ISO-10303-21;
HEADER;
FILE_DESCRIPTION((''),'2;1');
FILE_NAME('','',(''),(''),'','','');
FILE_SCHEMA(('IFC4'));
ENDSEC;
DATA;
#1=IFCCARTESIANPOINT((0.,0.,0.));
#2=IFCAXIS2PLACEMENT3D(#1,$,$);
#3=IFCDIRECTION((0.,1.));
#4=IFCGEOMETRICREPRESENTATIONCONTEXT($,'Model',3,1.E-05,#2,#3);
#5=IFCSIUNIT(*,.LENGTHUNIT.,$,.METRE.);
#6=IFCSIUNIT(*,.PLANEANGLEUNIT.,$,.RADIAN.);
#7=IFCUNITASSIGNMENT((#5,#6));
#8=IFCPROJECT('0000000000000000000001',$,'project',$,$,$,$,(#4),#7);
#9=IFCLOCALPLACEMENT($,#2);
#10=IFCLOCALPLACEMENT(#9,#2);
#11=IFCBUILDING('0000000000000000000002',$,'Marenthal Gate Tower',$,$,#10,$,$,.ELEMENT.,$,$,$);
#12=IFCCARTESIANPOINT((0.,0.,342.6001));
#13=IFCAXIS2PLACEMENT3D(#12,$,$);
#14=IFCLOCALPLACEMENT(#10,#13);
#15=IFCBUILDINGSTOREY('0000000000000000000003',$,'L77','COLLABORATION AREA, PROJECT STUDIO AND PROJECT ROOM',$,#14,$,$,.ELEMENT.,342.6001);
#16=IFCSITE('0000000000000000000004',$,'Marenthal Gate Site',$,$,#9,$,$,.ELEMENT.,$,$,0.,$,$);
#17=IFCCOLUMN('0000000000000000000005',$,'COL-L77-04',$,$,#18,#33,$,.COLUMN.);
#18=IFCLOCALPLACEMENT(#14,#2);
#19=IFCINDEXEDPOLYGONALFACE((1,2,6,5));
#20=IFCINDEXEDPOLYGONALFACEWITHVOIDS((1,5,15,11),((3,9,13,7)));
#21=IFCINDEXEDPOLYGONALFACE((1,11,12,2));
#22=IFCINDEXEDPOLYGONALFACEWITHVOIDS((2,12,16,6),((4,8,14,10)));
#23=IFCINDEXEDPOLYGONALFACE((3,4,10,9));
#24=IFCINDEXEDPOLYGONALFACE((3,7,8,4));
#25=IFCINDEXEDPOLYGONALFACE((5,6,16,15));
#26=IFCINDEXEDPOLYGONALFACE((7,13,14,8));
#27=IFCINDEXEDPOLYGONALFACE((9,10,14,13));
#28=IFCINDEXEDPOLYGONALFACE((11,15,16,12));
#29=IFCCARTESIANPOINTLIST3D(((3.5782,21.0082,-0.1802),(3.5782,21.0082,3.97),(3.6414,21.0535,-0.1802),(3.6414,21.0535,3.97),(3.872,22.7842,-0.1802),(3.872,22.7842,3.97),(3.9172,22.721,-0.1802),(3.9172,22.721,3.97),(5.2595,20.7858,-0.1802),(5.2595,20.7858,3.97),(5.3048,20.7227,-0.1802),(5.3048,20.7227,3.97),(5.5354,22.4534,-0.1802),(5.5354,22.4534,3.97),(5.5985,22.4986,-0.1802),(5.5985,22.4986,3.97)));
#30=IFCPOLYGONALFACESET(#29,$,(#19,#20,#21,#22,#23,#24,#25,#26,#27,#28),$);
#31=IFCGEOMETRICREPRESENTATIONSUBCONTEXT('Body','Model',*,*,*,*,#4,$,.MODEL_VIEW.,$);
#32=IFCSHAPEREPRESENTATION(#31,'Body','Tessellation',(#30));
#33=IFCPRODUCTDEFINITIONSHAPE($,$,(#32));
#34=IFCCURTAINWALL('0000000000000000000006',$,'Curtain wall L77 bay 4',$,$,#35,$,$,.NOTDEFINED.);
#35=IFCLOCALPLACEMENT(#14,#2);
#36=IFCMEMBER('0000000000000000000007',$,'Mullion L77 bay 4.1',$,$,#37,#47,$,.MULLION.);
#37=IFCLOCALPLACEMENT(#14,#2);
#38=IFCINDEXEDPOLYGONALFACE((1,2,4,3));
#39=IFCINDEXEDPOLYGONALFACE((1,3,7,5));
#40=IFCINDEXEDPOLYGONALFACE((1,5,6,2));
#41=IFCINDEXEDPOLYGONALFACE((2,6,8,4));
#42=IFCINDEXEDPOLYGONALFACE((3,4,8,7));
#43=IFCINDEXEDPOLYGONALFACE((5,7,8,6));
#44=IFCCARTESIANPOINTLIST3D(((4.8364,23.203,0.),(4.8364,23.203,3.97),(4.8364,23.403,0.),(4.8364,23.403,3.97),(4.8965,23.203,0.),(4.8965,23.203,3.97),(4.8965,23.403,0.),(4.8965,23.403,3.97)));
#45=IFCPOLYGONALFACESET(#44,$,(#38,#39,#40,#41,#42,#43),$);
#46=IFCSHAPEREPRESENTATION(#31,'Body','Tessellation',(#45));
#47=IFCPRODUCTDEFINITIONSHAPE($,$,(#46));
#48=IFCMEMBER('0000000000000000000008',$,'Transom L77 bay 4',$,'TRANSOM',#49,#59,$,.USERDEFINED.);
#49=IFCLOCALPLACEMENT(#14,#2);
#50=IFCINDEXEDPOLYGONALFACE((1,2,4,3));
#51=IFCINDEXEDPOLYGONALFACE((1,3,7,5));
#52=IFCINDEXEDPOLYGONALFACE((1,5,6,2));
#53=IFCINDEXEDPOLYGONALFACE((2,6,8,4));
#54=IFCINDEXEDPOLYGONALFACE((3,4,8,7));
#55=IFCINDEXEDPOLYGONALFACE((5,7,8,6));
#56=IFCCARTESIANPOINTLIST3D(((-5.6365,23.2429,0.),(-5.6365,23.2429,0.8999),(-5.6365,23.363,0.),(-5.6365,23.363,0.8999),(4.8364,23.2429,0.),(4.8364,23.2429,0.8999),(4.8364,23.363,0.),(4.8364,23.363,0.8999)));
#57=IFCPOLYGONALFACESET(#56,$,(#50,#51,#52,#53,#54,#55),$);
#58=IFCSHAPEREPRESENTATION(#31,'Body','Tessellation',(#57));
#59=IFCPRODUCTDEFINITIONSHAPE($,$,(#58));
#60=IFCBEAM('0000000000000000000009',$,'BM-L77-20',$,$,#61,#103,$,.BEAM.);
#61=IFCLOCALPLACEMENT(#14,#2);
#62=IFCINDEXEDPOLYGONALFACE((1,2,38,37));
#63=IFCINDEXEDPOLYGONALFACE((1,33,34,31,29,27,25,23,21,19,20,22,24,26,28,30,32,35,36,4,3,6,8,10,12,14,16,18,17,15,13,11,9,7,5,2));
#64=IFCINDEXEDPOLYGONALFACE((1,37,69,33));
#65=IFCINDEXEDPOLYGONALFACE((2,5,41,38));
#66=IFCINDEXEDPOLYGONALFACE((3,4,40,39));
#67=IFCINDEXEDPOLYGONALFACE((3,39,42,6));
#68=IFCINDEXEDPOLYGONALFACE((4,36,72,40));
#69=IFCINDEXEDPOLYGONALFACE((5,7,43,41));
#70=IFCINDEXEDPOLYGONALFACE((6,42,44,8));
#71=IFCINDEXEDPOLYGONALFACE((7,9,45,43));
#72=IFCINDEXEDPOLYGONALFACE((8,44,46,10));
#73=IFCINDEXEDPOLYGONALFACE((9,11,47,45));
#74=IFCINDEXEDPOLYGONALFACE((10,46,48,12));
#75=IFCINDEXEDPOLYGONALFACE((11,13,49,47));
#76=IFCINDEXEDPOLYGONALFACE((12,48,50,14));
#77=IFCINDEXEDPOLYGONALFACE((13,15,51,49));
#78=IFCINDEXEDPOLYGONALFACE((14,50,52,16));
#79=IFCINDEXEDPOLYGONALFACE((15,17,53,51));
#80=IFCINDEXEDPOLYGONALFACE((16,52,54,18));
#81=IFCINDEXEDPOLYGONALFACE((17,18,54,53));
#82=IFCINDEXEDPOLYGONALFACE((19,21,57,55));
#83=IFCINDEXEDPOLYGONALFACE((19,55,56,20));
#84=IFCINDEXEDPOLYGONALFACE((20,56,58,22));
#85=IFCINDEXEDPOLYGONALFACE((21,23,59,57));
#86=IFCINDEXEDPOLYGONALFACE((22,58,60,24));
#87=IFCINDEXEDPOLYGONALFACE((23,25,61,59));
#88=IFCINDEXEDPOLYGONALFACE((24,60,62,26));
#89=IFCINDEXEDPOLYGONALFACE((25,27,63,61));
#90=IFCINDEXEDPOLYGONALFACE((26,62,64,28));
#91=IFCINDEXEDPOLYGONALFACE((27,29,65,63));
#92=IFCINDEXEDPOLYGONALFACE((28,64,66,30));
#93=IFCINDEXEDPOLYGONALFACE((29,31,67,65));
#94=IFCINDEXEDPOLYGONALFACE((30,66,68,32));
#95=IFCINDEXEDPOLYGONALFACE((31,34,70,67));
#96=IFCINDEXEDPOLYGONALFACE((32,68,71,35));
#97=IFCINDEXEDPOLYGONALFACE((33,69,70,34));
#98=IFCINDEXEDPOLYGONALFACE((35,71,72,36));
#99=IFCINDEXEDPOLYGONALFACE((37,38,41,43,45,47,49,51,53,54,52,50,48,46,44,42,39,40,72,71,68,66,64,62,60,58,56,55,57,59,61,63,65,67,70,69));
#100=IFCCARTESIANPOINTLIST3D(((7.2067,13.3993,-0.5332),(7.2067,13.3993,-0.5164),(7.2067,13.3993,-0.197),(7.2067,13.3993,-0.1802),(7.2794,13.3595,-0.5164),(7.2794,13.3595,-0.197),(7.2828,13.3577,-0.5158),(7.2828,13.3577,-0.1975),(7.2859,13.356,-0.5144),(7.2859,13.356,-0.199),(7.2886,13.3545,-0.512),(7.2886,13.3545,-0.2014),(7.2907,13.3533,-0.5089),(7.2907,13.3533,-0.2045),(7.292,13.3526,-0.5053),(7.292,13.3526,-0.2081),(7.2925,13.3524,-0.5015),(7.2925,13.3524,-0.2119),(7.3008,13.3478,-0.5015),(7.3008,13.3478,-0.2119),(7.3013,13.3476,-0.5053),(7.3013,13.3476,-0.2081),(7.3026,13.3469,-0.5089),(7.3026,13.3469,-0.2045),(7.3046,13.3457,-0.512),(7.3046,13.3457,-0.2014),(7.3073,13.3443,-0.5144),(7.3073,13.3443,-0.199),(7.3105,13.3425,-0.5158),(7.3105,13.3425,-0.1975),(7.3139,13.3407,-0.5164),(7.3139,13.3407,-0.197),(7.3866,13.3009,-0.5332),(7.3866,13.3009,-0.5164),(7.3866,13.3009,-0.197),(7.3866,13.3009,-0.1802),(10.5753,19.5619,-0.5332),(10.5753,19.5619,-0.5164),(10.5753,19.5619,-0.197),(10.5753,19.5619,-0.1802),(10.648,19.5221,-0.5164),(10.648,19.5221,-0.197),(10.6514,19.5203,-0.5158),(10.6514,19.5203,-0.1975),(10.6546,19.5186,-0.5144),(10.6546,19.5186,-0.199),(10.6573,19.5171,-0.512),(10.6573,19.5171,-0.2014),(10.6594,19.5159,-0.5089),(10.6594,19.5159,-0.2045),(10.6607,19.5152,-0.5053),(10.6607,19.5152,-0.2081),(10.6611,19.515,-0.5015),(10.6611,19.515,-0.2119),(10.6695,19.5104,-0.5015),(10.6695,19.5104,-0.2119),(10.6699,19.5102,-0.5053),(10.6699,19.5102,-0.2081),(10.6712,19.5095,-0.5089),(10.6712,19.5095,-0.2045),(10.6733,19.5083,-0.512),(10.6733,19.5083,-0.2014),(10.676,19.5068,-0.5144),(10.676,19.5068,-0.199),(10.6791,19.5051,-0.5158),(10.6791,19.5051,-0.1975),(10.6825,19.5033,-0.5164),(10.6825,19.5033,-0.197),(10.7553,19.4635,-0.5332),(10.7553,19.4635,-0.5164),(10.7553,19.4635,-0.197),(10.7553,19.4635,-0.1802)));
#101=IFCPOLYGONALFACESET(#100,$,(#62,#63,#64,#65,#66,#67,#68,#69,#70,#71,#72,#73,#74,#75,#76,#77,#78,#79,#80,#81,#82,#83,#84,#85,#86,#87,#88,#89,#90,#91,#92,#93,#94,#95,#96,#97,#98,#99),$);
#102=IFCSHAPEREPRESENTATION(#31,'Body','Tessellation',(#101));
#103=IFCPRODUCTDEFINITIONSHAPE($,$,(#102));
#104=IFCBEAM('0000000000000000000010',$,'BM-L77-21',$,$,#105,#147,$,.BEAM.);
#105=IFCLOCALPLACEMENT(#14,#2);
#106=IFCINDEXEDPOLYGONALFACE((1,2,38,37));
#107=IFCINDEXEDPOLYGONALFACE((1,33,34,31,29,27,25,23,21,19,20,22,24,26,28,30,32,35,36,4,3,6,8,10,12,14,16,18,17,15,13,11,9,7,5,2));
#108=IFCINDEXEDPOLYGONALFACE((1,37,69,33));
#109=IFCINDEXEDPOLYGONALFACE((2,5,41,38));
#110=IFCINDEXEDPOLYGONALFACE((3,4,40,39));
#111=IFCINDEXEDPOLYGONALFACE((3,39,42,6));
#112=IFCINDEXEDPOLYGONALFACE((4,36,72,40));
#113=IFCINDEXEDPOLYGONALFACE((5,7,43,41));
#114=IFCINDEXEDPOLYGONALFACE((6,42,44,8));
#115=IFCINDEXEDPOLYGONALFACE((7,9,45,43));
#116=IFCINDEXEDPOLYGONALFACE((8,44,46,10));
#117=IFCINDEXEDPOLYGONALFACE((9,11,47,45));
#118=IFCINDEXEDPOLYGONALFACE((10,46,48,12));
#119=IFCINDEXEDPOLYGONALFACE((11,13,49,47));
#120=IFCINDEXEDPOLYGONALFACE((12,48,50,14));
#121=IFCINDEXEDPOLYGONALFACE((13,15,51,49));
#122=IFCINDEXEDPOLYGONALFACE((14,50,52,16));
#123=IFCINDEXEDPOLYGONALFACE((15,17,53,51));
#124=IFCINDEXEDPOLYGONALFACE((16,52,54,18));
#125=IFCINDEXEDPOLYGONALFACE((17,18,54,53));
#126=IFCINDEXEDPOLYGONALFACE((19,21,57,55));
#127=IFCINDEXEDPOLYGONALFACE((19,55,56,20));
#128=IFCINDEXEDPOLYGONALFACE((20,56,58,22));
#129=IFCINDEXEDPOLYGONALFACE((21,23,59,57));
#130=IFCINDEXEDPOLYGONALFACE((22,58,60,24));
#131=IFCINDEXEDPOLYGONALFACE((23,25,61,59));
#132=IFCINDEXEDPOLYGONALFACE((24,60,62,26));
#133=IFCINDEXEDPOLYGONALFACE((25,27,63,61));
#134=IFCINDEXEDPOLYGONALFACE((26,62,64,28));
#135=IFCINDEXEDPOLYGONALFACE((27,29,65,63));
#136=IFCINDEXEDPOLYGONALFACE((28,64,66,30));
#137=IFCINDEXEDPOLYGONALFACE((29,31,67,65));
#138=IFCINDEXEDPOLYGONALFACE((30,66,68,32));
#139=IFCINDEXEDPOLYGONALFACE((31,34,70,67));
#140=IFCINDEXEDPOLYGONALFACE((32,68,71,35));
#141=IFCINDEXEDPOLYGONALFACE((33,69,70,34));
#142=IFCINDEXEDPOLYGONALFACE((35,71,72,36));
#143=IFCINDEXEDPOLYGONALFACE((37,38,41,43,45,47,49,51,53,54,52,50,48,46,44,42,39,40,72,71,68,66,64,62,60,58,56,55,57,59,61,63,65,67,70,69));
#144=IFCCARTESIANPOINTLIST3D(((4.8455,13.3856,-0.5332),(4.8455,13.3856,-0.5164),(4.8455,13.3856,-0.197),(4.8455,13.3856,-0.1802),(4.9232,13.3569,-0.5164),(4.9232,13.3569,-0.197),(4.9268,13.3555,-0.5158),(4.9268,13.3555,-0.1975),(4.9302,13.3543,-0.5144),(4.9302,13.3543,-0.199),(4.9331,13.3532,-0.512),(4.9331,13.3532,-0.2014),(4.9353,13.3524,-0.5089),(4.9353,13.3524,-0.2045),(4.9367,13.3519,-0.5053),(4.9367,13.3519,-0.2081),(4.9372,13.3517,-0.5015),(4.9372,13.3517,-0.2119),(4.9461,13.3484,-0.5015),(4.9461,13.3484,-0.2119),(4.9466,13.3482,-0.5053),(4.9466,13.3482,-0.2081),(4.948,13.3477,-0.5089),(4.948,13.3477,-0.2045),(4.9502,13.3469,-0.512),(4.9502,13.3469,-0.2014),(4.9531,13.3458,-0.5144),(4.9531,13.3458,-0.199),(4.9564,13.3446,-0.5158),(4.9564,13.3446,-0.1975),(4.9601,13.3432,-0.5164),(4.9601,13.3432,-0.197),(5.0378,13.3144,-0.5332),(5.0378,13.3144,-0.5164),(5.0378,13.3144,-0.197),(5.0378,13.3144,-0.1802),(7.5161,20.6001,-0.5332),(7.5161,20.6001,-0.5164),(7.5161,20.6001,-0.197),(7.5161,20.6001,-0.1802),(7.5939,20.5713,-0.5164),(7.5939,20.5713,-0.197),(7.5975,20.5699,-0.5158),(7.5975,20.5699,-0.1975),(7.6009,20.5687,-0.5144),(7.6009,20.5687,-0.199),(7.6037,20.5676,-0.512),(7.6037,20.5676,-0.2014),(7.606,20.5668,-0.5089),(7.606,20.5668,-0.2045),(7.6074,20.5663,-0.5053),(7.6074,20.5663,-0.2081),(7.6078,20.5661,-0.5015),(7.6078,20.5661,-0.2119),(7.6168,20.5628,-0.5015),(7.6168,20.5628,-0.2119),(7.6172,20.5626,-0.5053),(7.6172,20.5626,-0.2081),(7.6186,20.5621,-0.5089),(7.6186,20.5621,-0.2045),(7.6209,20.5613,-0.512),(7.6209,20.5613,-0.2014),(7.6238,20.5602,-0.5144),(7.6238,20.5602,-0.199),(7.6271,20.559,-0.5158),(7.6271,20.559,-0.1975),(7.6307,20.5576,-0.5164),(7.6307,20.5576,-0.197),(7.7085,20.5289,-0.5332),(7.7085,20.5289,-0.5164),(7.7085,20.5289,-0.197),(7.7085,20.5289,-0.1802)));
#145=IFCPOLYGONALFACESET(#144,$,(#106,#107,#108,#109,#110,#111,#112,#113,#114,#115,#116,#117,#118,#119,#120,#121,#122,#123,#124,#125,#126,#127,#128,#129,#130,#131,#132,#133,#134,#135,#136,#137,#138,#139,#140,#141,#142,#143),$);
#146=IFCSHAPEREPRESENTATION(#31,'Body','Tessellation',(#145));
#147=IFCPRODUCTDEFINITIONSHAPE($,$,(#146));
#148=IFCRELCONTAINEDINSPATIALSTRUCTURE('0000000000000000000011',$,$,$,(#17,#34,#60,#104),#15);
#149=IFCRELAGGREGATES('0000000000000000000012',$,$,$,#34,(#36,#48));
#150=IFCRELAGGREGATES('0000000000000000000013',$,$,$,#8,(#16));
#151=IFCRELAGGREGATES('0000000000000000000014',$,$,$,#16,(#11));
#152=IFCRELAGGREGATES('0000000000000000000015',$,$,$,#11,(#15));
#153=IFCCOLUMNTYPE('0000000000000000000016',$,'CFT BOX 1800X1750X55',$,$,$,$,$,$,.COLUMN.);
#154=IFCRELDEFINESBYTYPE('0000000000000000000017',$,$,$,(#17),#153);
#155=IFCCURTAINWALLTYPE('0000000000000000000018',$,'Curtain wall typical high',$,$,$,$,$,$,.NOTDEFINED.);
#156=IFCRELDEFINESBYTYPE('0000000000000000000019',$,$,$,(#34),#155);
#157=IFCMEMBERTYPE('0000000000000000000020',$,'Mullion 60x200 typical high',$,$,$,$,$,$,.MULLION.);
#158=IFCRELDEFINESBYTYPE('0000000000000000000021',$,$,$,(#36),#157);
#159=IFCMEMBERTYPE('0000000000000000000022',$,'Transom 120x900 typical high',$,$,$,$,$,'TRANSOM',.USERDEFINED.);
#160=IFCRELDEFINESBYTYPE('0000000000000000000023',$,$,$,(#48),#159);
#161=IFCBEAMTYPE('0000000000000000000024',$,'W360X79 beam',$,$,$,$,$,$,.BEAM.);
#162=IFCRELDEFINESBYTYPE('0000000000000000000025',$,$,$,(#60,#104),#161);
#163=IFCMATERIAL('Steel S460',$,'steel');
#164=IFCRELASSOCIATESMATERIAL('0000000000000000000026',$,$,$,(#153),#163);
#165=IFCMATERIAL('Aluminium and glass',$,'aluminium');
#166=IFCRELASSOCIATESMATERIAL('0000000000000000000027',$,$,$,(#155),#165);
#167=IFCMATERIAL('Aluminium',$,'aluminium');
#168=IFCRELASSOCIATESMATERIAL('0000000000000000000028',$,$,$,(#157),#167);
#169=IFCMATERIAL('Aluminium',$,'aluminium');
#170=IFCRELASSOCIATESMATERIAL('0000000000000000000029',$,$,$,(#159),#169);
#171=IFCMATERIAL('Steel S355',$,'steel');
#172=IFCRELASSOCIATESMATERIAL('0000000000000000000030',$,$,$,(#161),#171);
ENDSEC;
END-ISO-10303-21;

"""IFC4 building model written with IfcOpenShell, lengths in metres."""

from ifc_helpers import new_model, si_unit, direction, frame, origin, origin_2d, place, context, subcontext, project, spatial, rectangle, hollow_rectangle, i_section, extrude, material, material_profile, profile_set, type_object, element, aggregate, save


model = new_model("IFC4")

# Units and contexts
model_context = context("Model", 3, precision=1e-05, world=origin(), true_north=direction((0.0, 1.0)))
body_context = subcontext(model_context, "Body", "Model", "MODEL_VIEW")
ifc_project = project(units=[si_unit("LENGTHUNIT", "METRE"), si_unit("PLANEANGLEUNIT", "RADIAN")], contexts=[model_context])

# Site, building, storey
site_placement = place(None, origin())
site = spatial("IfcSite", under=ifc_project, at=site_placement, Name="Marenthal Gate Site", CompositionType="ELEMENT", RefElevation=0.0)
building_placement = place(site_placement, origin())
building = spatial("IfcBuilding", under=site, at=building_placement, Name="Marenthal Gate Tower", CompositionType="ELEMENT")
storey_placement = place(building_placement, frame((0.0, 0.0, 342.6001)))
storey = spatial("IfcBuildingStorey", under=building, at=storey_placement, Name="L77", Description="COLLABORATION AREA, PROJECT STUDIO AND PROJECT ROOM", CompositionType="ELEMENT", Elevation=342.6001)

# Column
ifc_material_1 = material(Name="Steel S460", Category="steel")
ifc_material_profile_1 = material_profile(ifc_material_1, hollow_rectangle(XDim=1.75, YDim=1.8, WallThickness=0.0549, at=origin_2d()), Name="CFT BOX 1800X1750X55")
ifc_material_2 = material(Name="Concrete 70 MPa", Category="concrete")
ifc_material_profile_2 = material_profile(ifc_material_2, rectangle(XDim=1.6399, YDim=1.6899, at=origin_2d()), Name="CFT BOX 1800X1750X55 INFILL")
ifc_profile_set_1 = profile_set([ifc_material_profile_1, ifc_material_profile_2], Name="Steel S460 shell, Concrete 70 MPa infill")
column_type = type_object("IfcColumnType", Name="CFT BOX 1800X1750X55", PredefinedType="COLUMN", material=ifc_profile_set_1)
column_placement = place(storey_placement, frame((4.5884, 21.7534, -0.1802), z_axis=(0.0, 0.0, 1.0), x_axis=(0.986595, -0.163188, 0.0)))
element("IfcColumn", 1, at=column_placement, inside=storey, type_object=column_type, Name="COL-L77-04", PredefinedType="COLUMN", context=body_context, shape_type="SweptSolid", body=[
    extrude(hollow_rectangle(XDim=1.75, YDim=1.8, WallThickness=0.0549, at=origin_2d()), origin(), (0.0, 0.0, 1.0), 4.1501),
])

# Curtain wall, members
ifc_material_3 = material(Name="Aluminium and glass", Category="aluminium")
curtain_wall_type = type_object("IfcCurtainWallType", Name="Curtain wall typical high", PredefinedType="NOTDEFINED", material=ifc_material_3)
curtain_wall_placement = place(storey_placement, origin())
curtain_wall = element("IfcCurtainWall", 2, at=curtain_wall_placement, inside=storey, type_object=curtain_wall_type, Name="Curtain wall L77 bay 4", PredefinedType="NOTDEFINED")
ifc_material_4 = material(Name="Aluminium", Category="aluminium")
ifc_material_profile_3 = material_profile(ifc_material_4, rectangle(XDim=0.2, YDim=0.0601, at=origin_2d()), Name="60x200 aluminium mullion")
ifc_profile_set_2 = profile_set([ifc_material_profile_3], Name="Aluminium")
member_type_1 = type_object("IfcMemberType", Name="Mullion 60x200 typical high", PredefinedType="MULLION", material=ifc_profile_set_2)
member_1_placement = place(storey_placement, frame((4.8665, 23.303, 0.0), z_axis=(0.0, 0.0, 1.0), x_axis=(0.0, -1.0, 0.0)))
member_1 = element("IfcMember", 3, at=member_1_placement, type_object=member_type_1, Name="Mullion L77 bay 4.1", PredefinedType="MULLION", context=body_context, shape_type="SweptSolid", body=[
    extrude(rectangle(XDim=0.2, YDim=0.0601, at=origin_2d()), origin(), (0.0, 0.0, 1.0), 3.97),
])
ifc_material_5 = material(Name="Aluminium", Category="aluminium")
ifc_material_profile_4 = material_profile(ifc_material_5, rectangle(XDim=0.1201, YDim=0.8999, at=origin_2d()), Name="120x900 aluminium transom")
ifc_profile_set_3 = profile_set([ifc_material_profile_4], Name="Aluminium")
member_type_2 = type_object("IfcMemberType", Name="Transom 120x900 typical high", ElementType="TRANSOM", PredefinedType="USERDEFINED", material=ifc_profile_set_3)
member_2_placement = place(storey_placement, frame((4.8364, 23.303, 0.45), z_axis=(-1.0, 0.0, 0.0), x_axis=(0.0, -1.0, 0.0)))
member_2 = element("IfcMember", 4, at=member_2_placement, type_object=member_type_2, Name="Transom L77 bay 4", ObjectType="TRANSOM", PredefinedType="USERDEFINED", context=body_context, shape_type="SweptSolid", body=[
    extrude(rectangle(XDim=0.1201, YDim=0.8999, at=origin_2d()), origin(), (0.0, 0.0, 1.0), 10.4729),
])

# Beams
ifc_material_6 = material(Name="Steel S355", Category="steel")
ifc_material_profile_5 = material_profile(ifc_material_6, i_section(OverallWidth=0.2051, OverallDepth=0.353, WebThickness=0.0095, FlangeThickness=0.0168, FilletRadius=0.0149, at=origin_2d()), Name="W360X79")
ifc_profile_set_4 = profile_set([ifc_material_profile_5], Name="Steel S355")
beam_type_1 = type_object("IfcBeamType", Name="W360X79 beam", PredefinedType="BEAM", material=ifc_profile_set_4)
beam_1_placement = place(storey_placement, frame((10.6653, 19.5127, -0.3567), z_axis=(-0.479646, -0.877462, 0.0), x_axis=(0.877462, -0.479646, 0.0)))
element("IfcBeam", 5, at=beam_1_placement, inside=storey, type_object=beam_type_1, Name="BM-L77-20", PredefinedType="BEAM", context=body_context, shape_type="SweptSolid", body=[
    extrude(i_section(OverallWidth=0.2051, OverallDepth=0.353, WebThickness=0.0095, FlangeThickness=0.0168, FilletRadius=0.0149, at=origin_2d()), origin(), (0.0, 0.0, 1.0), 7.0232),
])
beam_2_placement = place(storey_placement, frame((7.6123, 20.5645, -0.3567), z_axis=(-0.347162, -0.937805, 0.0), x_axis=(0.937805, -0.347162, 0.0)))
element("IfcBeam", 6, at=beam_2_placement, inside=storey, type_object=beam_type_1, Name="BM-L77-21", PredefinedType="BEAM", context=body_context, shape_type="SweptSolid", body=[
    extrude(i_section(OverallWidth=0.2051, OverallDepth=0.353, WebThickness=0.0095, FlangeThickness=0.0168, FilletRadius=0.0149, at=origin_2d()), origin(), (0.0, 0.0, 1.0), 7.6929),
])

aggregate(curtain_wall, [member_1, member_2])

save(model, "model.ifc")
